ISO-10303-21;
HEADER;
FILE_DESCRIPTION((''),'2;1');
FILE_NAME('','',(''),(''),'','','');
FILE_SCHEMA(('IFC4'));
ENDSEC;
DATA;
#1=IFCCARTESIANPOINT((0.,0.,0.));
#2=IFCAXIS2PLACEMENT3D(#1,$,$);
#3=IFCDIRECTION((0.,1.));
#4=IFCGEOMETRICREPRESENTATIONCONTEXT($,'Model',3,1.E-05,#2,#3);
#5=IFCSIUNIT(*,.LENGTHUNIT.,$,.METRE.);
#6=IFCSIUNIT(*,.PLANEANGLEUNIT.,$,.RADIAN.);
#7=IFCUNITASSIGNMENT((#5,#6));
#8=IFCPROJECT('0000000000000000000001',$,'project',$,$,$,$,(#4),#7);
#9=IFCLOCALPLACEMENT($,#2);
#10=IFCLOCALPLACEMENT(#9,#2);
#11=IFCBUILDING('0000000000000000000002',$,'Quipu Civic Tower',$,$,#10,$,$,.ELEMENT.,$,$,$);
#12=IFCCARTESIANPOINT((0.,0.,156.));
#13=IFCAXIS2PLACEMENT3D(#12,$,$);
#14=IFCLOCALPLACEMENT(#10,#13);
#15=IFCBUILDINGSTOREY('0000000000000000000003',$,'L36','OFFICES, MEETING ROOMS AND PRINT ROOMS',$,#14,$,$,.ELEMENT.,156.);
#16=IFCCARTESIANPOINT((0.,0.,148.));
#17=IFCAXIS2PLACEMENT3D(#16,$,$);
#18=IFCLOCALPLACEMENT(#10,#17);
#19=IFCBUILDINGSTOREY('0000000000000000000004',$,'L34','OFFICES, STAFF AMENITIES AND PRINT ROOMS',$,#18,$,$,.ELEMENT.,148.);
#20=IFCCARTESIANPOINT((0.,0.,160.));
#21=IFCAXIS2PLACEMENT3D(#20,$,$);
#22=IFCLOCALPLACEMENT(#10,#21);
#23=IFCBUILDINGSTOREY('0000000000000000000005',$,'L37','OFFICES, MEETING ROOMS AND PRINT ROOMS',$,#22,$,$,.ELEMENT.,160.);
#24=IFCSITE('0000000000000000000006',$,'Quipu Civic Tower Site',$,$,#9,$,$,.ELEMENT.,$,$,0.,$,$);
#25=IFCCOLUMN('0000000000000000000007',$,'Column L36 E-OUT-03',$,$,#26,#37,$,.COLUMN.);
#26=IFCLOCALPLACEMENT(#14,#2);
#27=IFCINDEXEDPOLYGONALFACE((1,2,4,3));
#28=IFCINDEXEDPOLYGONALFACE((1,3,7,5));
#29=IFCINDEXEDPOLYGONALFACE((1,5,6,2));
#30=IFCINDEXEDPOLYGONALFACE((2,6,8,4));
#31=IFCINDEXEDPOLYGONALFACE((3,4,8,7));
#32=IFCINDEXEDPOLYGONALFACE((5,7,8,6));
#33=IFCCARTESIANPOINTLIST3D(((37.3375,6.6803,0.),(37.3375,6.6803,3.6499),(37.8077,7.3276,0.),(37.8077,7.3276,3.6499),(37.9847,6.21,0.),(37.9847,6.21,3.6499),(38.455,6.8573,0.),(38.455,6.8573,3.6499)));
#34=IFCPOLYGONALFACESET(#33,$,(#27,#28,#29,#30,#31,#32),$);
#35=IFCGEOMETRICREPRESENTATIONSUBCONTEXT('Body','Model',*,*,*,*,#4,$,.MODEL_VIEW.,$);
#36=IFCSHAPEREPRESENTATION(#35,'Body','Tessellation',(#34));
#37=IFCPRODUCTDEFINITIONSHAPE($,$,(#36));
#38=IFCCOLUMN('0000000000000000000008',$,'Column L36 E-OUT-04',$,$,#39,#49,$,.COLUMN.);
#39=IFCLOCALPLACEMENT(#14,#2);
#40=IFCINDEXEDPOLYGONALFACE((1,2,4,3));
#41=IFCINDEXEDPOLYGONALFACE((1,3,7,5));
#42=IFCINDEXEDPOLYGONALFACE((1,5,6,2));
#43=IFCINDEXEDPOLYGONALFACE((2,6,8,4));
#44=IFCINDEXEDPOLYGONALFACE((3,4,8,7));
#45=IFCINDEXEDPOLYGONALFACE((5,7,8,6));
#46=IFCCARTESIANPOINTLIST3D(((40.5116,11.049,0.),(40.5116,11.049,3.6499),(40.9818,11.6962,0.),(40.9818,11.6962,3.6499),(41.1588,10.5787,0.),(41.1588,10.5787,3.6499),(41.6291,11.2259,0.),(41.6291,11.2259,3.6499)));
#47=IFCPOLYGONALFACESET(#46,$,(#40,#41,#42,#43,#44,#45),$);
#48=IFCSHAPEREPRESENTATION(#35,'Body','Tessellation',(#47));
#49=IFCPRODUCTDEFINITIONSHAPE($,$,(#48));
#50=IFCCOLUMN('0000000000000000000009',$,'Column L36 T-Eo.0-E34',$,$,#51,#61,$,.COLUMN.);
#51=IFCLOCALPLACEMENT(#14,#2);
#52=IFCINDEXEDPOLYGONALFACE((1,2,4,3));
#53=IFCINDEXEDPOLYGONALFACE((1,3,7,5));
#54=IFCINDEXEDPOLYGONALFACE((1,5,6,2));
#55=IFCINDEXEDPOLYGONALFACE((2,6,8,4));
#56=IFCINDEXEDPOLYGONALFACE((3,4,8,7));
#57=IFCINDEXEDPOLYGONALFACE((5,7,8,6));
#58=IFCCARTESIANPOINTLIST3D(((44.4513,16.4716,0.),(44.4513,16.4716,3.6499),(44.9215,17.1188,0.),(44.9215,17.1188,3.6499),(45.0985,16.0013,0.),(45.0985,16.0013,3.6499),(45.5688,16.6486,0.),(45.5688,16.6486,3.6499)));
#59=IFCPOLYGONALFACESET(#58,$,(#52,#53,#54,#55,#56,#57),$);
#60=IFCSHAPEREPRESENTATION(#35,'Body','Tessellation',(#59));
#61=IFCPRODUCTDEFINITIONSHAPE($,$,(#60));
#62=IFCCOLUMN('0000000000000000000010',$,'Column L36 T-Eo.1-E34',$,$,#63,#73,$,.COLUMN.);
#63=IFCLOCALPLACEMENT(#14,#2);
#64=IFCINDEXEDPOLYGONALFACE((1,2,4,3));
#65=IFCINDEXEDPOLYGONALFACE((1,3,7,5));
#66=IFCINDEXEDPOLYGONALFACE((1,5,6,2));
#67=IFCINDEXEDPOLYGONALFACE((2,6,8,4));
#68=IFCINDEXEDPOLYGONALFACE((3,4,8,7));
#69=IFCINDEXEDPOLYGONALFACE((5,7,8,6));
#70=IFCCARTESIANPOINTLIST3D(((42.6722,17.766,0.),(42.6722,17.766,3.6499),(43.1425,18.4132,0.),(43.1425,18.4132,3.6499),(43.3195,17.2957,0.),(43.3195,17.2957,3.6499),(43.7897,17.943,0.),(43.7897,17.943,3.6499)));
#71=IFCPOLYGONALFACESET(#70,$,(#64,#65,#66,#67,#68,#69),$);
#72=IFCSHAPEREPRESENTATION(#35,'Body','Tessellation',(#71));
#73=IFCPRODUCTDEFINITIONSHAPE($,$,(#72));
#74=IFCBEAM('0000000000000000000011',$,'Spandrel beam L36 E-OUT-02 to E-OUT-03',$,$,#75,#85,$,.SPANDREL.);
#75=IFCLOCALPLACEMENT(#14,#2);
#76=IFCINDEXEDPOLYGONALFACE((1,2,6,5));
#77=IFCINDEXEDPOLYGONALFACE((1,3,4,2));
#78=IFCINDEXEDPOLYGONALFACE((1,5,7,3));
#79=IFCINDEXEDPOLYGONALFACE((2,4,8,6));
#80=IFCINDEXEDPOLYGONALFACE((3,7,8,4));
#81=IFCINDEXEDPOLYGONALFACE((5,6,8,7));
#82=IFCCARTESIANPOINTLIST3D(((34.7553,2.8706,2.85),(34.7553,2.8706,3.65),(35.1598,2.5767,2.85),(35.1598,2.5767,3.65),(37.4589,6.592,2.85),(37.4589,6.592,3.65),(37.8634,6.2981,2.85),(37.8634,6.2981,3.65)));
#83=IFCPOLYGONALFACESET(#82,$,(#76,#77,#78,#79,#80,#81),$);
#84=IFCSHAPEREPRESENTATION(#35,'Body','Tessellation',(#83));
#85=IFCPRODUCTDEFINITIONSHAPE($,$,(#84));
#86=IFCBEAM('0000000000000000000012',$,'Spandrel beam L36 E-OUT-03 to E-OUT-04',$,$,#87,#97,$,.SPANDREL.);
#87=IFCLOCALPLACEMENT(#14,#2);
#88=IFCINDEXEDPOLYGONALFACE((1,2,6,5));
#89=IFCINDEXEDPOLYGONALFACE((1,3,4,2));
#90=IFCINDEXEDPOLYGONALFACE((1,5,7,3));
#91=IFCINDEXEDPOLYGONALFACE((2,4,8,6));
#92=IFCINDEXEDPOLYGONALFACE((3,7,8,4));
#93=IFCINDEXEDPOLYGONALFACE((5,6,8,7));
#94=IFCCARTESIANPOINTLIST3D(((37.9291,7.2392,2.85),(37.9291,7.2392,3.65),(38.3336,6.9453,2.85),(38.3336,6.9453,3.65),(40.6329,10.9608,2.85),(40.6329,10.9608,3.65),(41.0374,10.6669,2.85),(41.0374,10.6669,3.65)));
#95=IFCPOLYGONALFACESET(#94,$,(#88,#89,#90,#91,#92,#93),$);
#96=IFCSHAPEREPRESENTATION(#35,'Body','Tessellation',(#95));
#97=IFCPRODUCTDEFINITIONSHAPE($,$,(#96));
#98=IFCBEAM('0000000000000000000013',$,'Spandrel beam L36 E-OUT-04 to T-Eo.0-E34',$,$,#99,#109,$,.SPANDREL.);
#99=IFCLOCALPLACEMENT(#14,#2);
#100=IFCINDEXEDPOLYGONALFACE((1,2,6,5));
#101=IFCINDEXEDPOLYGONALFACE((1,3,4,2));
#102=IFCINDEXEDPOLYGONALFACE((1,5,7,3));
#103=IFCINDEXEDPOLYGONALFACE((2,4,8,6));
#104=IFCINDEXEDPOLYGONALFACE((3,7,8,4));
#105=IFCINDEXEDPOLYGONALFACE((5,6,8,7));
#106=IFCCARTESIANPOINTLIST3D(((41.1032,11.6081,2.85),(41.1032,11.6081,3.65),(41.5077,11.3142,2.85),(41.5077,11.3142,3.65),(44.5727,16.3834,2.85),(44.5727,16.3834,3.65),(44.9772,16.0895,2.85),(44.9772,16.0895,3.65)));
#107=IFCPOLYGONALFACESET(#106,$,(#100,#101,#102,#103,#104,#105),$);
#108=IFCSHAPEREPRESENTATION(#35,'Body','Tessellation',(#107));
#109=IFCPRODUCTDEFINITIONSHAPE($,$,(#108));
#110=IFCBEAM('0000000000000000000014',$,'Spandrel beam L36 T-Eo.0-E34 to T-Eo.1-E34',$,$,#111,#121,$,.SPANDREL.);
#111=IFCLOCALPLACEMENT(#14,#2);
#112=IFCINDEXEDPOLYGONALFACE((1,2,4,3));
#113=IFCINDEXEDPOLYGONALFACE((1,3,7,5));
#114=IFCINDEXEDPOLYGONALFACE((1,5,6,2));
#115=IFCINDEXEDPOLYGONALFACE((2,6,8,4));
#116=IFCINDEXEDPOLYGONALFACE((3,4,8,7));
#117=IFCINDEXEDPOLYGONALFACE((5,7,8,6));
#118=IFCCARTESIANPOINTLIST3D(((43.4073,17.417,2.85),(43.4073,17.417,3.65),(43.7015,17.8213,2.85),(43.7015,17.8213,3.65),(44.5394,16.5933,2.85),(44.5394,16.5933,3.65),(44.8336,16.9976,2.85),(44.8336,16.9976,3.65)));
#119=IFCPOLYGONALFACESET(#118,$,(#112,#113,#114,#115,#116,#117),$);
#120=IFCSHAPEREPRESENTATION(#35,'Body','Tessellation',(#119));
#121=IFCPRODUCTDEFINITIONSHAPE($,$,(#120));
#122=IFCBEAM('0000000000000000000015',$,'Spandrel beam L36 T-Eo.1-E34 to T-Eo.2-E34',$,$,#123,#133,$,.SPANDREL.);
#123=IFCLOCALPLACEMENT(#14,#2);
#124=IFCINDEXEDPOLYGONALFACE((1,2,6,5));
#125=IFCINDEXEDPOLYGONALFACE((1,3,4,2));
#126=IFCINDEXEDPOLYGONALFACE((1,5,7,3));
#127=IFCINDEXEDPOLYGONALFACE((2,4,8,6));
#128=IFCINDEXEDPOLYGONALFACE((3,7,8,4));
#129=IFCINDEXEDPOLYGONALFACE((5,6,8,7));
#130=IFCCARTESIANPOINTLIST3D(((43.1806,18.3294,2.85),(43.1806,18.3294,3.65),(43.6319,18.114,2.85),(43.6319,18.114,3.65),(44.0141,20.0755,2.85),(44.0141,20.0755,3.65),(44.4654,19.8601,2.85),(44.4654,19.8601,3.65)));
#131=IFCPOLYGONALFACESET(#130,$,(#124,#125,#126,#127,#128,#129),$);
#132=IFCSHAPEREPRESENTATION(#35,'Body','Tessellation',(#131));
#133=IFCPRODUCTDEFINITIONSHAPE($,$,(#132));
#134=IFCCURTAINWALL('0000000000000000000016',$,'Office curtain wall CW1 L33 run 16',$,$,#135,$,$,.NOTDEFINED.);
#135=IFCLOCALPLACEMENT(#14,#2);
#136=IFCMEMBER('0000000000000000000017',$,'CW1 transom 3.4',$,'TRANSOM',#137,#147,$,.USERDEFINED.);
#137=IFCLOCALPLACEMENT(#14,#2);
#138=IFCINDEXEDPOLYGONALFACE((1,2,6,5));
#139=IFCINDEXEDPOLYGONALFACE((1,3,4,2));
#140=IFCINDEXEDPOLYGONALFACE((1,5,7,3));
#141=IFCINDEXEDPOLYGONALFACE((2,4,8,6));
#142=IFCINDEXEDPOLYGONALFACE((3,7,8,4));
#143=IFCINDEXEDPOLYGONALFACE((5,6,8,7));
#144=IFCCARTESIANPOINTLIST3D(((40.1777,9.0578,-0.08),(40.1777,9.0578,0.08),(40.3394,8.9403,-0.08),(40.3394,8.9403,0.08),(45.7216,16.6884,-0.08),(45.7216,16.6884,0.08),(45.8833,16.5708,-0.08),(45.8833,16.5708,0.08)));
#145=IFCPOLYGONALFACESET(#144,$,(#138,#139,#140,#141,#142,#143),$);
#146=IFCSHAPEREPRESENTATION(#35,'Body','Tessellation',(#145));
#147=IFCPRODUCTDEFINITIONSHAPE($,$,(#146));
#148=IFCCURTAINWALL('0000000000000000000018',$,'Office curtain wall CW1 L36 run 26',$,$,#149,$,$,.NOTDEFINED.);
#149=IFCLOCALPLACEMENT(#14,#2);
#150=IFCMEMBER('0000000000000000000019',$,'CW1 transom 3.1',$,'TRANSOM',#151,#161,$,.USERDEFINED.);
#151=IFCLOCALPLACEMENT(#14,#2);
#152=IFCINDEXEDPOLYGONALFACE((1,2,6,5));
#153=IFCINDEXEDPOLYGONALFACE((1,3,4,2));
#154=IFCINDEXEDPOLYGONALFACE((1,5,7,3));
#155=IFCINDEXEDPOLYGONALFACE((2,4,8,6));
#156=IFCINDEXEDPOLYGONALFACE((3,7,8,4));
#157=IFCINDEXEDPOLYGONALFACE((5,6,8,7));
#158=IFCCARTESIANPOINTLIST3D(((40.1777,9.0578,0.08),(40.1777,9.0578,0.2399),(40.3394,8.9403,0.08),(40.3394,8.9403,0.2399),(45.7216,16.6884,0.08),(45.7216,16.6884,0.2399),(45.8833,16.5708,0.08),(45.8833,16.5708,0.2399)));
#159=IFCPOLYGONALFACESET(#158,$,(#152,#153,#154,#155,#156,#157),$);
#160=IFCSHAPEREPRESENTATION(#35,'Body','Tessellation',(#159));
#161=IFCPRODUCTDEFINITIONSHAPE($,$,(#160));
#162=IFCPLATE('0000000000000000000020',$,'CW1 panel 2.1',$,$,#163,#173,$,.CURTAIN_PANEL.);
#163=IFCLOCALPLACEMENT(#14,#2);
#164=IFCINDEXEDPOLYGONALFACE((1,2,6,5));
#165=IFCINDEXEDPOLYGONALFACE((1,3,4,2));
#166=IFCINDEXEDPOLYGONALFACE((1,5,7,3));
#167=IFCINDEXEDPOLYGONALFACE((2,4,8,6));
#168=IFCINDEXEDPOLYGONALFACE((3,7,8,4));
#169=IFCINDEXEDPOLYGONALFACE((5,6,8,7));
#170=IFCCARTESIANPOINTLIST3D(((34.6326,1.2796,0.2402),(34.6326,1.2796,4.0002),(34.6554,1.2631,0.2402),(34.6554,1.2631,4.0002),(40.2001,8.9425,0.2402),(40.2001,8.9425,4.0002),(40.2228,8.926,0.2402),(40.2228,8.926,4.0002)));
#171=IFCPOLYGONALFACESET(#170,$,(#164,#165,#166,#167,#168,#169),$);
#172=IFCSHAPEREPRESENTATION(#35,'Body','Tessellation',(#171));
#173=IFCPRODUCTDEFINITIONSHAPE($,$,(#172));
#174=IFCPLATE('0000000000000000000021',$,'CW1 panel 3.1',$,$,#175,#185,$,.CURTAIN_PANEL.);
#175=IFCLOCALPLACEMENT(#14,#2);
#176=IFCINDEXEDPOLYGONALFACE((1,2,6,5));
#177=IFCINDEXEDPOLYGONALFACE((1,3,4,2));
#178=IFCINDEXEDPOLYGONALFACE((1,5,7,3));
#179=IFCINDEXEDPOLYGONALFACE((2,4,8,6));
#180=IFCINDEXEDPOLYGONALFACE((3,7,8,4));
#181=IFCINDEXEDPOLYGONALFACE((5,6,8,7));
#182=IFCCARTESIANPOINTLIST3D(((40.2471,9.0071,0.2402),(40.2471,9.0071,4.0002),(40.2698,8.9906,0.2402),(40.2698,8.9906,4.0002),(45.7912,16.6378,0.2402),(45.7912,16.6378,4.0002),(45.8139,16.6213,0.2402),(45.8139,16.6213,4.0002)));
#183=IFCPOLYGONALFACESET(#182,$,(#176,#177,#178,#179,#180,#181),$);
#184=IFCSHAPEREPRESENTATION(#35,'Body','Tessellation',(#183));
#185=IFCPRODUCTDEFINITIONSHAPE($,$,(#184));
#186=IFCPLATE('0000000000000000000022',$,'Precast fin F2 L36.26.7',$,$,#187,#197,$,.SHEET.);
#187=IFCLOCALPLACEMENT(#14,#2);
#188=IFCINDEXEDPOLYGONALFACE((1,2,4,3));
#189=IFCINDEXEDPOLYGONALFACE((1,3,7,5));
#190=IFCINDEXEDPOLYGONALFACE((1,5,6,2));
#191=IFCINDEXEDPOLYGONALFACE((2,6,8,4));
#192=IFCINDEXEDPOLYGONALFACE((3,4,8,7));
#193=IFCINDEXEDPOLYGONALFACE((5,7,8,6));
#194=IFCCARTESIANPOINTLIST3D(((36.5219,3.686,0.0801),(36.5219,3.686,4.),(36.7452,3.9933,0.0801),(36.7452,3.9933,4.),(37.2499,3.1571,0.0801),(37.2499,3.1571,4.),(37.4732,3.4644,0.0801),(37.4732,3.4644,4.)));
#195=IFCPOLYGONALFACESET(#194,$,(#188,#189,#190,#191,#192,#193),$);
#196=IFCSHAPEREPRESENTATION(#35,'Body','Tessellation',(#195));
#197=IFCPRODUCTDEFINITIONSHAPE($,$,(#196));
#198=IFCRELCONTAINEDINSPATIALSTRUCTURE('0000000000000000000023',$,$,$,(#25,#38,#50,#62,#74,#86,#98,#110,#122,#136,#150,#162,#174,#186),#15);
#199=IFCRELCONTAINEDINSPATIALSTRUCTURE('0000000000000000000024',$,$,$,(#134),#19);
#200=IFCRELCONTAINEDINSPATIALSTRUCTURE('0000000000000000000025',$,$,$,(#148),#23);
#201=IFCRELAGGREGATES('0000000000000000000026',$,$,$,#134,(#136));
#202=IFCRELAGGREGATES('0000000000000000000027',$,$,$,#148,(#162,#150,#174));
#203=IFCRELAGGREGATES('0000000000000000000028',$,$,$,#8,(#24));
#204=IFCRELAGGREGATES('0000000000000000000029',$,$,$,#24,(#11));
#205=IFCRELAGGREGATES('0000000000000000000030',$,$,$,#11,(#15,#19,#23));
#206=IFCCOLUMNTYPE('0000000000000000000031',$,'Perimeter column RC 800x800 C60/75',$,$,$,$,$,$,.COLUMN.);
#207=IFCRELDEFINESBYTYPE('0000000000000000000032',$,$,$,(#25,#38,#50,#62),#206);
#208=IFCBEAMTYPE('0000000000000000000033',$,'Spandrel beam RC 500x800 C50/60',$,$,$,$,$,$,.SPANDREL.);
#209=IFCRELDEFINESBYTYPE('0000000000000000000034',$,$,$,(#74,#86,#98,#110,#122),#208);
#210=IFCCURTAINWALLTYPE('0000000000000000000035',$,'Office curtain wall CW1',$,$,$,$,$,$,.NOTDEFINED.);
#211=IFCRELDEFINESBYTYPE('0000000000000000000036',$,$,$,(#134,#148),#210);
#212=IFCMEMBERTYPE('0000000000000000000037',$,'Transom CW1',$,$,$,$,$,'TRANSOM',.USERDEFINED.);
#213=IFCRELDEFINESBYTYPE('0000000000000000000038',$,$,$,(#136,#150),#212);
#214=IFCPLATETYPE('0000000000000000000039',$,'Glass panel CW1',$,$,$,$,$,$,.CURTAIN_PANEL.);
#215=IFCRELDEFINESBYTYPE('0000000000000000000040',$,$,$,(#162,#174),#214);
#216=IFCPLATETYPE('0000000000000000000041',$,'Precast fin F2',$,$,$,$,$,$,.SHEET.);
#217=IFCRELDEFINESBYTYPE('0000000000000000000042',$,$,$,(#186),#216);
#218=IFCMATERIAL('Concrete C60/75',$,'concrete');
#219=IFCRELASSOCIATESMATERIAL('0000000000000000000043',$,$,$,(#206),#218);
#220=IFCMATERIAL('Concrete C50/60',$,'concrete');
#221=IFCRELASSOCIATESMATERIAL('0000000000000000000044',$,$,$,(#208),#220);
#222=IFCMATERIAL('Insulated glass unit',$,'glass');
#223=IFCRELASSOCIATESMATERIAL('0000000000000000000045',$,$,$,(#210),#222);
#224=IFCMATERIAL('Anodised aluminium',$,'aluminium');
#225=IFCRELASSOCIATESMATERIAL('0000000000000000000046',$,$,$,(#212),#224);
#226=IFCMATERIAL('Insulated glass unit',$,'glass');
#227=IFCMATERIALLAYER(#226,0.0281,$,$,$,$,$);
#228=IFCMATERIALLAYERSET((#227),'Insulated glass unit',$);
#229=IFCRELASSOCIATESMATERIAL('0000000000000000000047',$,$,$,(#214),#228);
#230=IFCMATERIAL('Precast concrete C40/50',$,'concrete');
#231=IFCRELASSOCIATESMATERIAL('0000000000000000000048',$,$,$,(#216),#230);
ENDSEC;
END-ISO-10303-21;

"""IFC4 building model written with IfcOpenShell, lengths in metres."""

from ifc_helpers import new_model, si_unit, direction, frame, origin, origin_2d, place, context, subcontext, project, spatial, rectangle, extrude, material, layer, layer_set, material_profile, profile_set, type_object, element, aggregate, save


model = new_model("IFC4")

# Units and contexts
model_context = context("Model", 3, precision=1e-05, world=origin(), true_north=direction((0.0, 1.0)))
body_context = subcontext(model_context, "Body", "Model", "MODEL_VIEW")
ifc_project = project(units=[si_unit("LENGTHUNIT", "METRE"), si_unit("PLANEANGLEUNIT", "RADIAN")], contexts=[model_context])

# Site, building, storey
site_placement = place(None, origin())
site = spatial("IfcSite", under=ifc_project, at=site_placement, Name="Quipu Civic Tower Site", CompositionType="ELEMENT", RefElevation=0.0)
building_placement = place(site_placement, origin())
building = spatial("IfcBuilding", under=site, at=building_placement, Name="Quipu Civic Tower", CompositionType="ELEMENT")
storey_1_placement = place(building_placement, frame((0.0, 0.0, 156.0)))
storey_1 = spatial("IfcBuildingStorey", under=building, at=storey_1_placement, Name="L36", Description="OFFICES, MEETING ROOMS AND PRINT ROOMS", CompositionType="ELEMENT", Elevation=156.0)

# Columns
ifc_material_1 = material(Name="Concrete C60/75", Category="concrete")
ifc_material_profile_1 = material_profile(ifc_material_1, rectangle(XDim=0.8, YDim=0.8, at=origin_2d()), Name="RC800x800")
ifc_profile_set_1 = profile_set([ifc_material_profile_1], Name="Concrete C60/75")
column_type = type_object("IfcColumnType", Name="Perimeter column RC 800x800 C60/75", PredefinedType="COLUMN", material=ifc_profile_set_1)
for number, where, z_axis, x_axis, name in (
    (1, (37.8962, 6.7688, 0.0), (0.0, 0.0, 1.0), (0.587785, 0.809017, 0.0), "Column L36 E-OUT-03"),
    (2, (41.0703, 11.1375, 0.0), (0.0, 0.0, 1.0), (0.587785, 0.809017, 0.0), "Column L36 E-OUT-04"),
    (3, (45.01, 16.5601, 0.0), (0.0, 0.0, 1.0), (0.587785, 0.809017, 0.0), "Column L36 T-Eo.0-E34"),
    (4, (43.231, 17.8545, 0.0), (0.0, 0.0, 1.0), (0.587785, 0.809017, 0.0), "Column L36 T-Eo.1-E34"),
):
    element("IfcColumn", number, at=place(storey_1_placement, frame(where, z_axis=z_axis, x_axis=x_axis)), inside=storey_1, type_object=column_type, Name=name, PredefinedType="COLUMN", context=body_context, shape_type="SweptSolid", body=[
        extrude(rectangle(XDim=0.8, YDim=0.8, at=origin_2d()), origin(), (0.0, 0.0, 1.0), 3.6499),
    ])

# Beams
ifc_material_2 = material(Name="Concrete C50/60", Category="concrete")
ifc_material_profile_2 = material_profile(ifc_material_2, rectangle(XDim=0.5, YDim=0.8, at=origin_2d()), Name="RC500x800")
ifc_profile_set_2 = profile_set([ifc_material_profile_2], Name="Concrete C50/60")
beam_type = type_object("IfcBeamType", Name="Spandrel beam RC 500x800 C50/60", PredefinedType="SPANDREL", material=ifc_profile_set_2)
beam_1_placement = place(storey_1_placement, frame((34.9575, 2.7236, 3.25), z_axis=(0.587761, 0.809034, 0.0), x_axis=(-0.809034, 0.587761, 0.0)))
element("IfcBeam", 5, at=beam_1_placement, inside=storey_1, type_object=beam_type, Name="Spandrel beam L36 E-OUT-02 to E-OUT-03", PredefinedType="SPANDREL", context=body_context, shape_type="SweptSolid", body=[
    extrude(rectangle(XDim=0.5, YDim=0.8, at=origin_2d()), origin(), (0.0, 0.0, 1.0), 4.5999),
])
beam_2_placement = place(storey_1_placement, frame((38.1313, 7.0923, 3.25), z_axis=(0.587771, 0.809027, 0.0), x_axis=(-0.809027, 0.587771, 0.0)))
element("IfcBeam", 6, at=beam_2_placement, inside=storey_1, type_object=beam_type, Name="Spandrel beam L36 E-OUT-03 to E-OUT-04", PredefinedType="SPANDREL", context=body_context, shape_type="SweptSolid", body=[
    extrude(rectangle(XDim=0.5, YDim=0.8, at=origin_2d()), origin(), (0.0, 0.0, 1.0), 4.6001),
])
beam_3_placement = place(storey_1_placement, frame((41.3054, 11.4612, 3.25), z_axis=(0.5878, 0.809006, 0.0), x_axis=(-0.809006, 0.5878, 0.0)))
element("IfcBeam", 7, at=beam_3_placement, inside=storey_1, type_object=beam_type, Name="Spandrel beam L36 E-OUT-04 to T-Eo.0-E34", PredefinedType="SPANDREL", context=body_context, shape_type="SweptSolid", body=[
    extrude(rectangle(XDim=0.5, YDim=0.8, at=origin_2d()), origin(), (0.0, 0.0, 1.0), 5.9026),
])
beam_4_placement = place(storey_1_placement, frame((44.6865, 16.7954, 3.25), z_axis=(-0.8086, 0.588358, 0.0), x_axis=(-0.588358, -0.8086, 0.0)))
element("IfcBeam", 8, at=beam_4_placement, inside=storey_1, type_object=beam_type, Name="Spandrel beam L36 T-Eo.0-E34 to T-Eo.1-E34", PredefinedType="SPANDREL", context=body_context, shape_type="SweptSolid", body=[
    extrude(rectangle(XDim=0.5, YDim=0.8, at=origin_2d()), origin(), (0.0, 0.0, 1.0), 1.4001),
])
beam_5_placement = place(storey_1_placement, frame((43.4062, 18.2217, 3.25), z_axis=(0.430786, 0.902454, 0.0), x_axis=(-0.902454, 0.430786, 0.0)))
element("IfcBeam", 9, at=beam_5_placement, inside=storey_1, type_object=beam_type, Name="Spandrel beam L36 T-Eo.1-E34 to T-Eo.2-E34", PredefinedType="SPANDREL", context=body_context, shape_type="SweptSolid", body=[
    extrude(rectangle(XDim=0.5, YDim=0.8, at=origin_2d()), origin(), (0.0, 0.0, 1.0), 1.9348),
])

# Shared definitions
storey_2_placement = place(building_placement, frame((0.0, 0.0, 148.0)))
storey_2 = spatial("IfcBuildingStorey", under=building, at=storey_2_placement, Name="L34", Description="OFFICES, STAFF AMENITIES AND PRINT ROOMS", CompositionType="ELEMENT", Elevation=148.0)

# Curtain wall, member
ifc_material_3 = material(Name="Insulated glass unit", Category="glass")
curtain_wall_type = type_object("IfcCurtainWallType", Name="Office curtain wall CW1", PredefinedType="NOTDEFINED", material=ifc_material_3)
curtain_wall_1_placement = place(storey_2_placement, origin())
curtain_wall_1 = element("IfcCurtainWall", 10, at=curtain_wall_1_placement, inside=storey_2, type_object=curtain_wall_type, Name="Office curtain wall CW1 L33 run 16", PredefinedType="NOTDEFINED")
ifc_material_4 = material(Name="Anodised aluminium", Category="aluminium")
ifc_material_profile_3 = material_profile(ifc_material_4, rectangle(XDim=0.2, YDim=0.1599, at=origin_2d()), Name="RECT 200x160")
ifc_profile_set_3 = profile_set([ifc_material_profile_3], Name="Anodised aluminium")
member_type = type_object("IfcMemberType", Name="Transom CW1", ElementType="TRANSOM", PredefinedType="USERDEFINED", material=ifc_profile_set_3)
member_1_placement = place(storey_1_placement, frame((40.2585, 8.999, 0.0), z_axis=(0.587784, 0.809018, 0.0), x_axis=(-0.809018, 0.587784, 0.0)))
member_1 = element("IfcMember", 11, at=member_1_placement, inside=storey_1, type_object=member_type, Name="CW1 transom 3.4", ObjectType="TRANSOM", PredefinedType="USERDEFINED", context=body_context, shape_type="SweptSolid", body=[
    extrude(rectangle(XDim=0.2, YDim=0.1599, at=origin_2d()), origin(), (0.0, 0.0, 1.0), 9.4319),
])
aggregate(curtain_wall_1, [member_1])

# Shared definitions
storey_3_placement = place(building_placement, frame((0.0, 0.0, 160.0)))
storey_3 = spatial("IfcBuildingStorey", under=building, at=storey_3_placement, Name="L37", Description="OFFICES, MEETING ROOMS AND PRINT ROOMS", CompositionType="ELEMENT", Elevation=160.0)

# Curtain wall, member, plates
curtain_wall_2_placement = place(storey_3_placement, origin())
curtain_wall_2 = element("IfcCurtainWall", 12, at=curtain_wall_2_placement, inside=storey_3, type_object=curtain_wall_type, Name="Office curtain wall CW1 L36 run 26", PredefinedType="NOTDEFINED")
member_2_placement = place(storey_1_placement, frame((40.2585, 8.999, 0.1599), z_axis=(0.587784, 0.809018, 0.0), x_axis=(-0.809018, 0.587784, 0.0)))
member_2 = element("IfcMember", 13, at=member_2_placement, inside=storey_1, type_object=member_type, Name="CW1 transom 3.1", ObjectType="TRANSOM", PredefinedType="USERDEFINED", context=body_context, shape_type="SweptSolid", body=[
    extrude(rectangle(XDim=0.2, YDim=0.1599, at=origin_2d()), origin(), (0.0, 0.0, 1.0), 9.4319),
])
ifc_material_5 = material(Name="Insulated glass unit", Category="glass")
ifc_layer_1 = layer(ifc_material_5, 0.0281)
ifc_layer_set_1 = layer_set([ifc_layer_1], Name="Insulated glass unit")
plate_type_1 = type_object("IfcPlateType", Name="Glass panel CW1", PredefinedType="CURTAIN_PANEL", material=ifc_layer_set_1)
plate_1_placement = place(storey_1_placement, frame((37.4277, 5.1028, 0.2402), z_axis=(0.0, 0.0, 1.0), x_axis=(0.587786, 0.809017, 0.0)))
plate_1 = element("IfcPlate", 14, at=plate_1_placement, inside=storey_1, type_object=plate_type_1, Name="CW1 panel 2.1", PredefinedType="CURTAIN_PANEL", context=body_context, shape_type="SweptSolid", body=[
    extrude(rectangle(XDim=9.4719, YDim=0.0281, at=origin_2d()), origin(), (0.0, 0.0, 1.0), 3.76),
])
plate_2_placement = place(storey_1_placement, frame((43.0305, 12.8142, 0.2402), z_axis=(0.0, 0.0, 1.0), x_axis=(0.587786, 0.809017, 0.0)))
plate_2 = element("IfcPlate", 15, at=plate_2_placement, inside=storey_1, type_object=plate_type_1, Name="CW1 panel 3.1", PredefinedType="CURTAIN_PANEL", context=body_context, shape_type="SweptSolid", body=[
    extrude(rectangle(XDim=9.4321, YDim=0.0281, at=origin_2d()), origin(), (0.0, 0.0, 1.0), 3.76),
])
aggregate(curtain_wall_2, [plate_1, member_2, plate_2])

# Plate
ifc_material_6 = material(Name="Precast concrete C40/50", Category="concrete")
plate_type_2 = type_object("IfcPlateType", Name="Precast fin F2", PredefinedType="SHEET", material=ifc_material_6)
for number, where, z_axis, x_axis, name in (
    (16, (36.9976, 3.5752, 0.0801), (0.0, 0.0, 1.0), (0.587786, 0.809017, 0.0), "Precast fin F2 L36.26.7"),
):
    element("IfcPlate", number, at=place(storey_1_placement, frame(where, z_axis=z_axis, x_axis=x_axis)), inside=storey_1, type_object=plate_type_2, Name=name, PredefinedType="SHEET", context=body_context, shape_type="SweptSolid", body=[
        extrude(rectangle(XDim=0.3799, YDim=0.8999, at=origin_2d()), origin(), (0.0, 0.0, 1.0), 3.9199),
    ])

save(model, "model.ifc")
